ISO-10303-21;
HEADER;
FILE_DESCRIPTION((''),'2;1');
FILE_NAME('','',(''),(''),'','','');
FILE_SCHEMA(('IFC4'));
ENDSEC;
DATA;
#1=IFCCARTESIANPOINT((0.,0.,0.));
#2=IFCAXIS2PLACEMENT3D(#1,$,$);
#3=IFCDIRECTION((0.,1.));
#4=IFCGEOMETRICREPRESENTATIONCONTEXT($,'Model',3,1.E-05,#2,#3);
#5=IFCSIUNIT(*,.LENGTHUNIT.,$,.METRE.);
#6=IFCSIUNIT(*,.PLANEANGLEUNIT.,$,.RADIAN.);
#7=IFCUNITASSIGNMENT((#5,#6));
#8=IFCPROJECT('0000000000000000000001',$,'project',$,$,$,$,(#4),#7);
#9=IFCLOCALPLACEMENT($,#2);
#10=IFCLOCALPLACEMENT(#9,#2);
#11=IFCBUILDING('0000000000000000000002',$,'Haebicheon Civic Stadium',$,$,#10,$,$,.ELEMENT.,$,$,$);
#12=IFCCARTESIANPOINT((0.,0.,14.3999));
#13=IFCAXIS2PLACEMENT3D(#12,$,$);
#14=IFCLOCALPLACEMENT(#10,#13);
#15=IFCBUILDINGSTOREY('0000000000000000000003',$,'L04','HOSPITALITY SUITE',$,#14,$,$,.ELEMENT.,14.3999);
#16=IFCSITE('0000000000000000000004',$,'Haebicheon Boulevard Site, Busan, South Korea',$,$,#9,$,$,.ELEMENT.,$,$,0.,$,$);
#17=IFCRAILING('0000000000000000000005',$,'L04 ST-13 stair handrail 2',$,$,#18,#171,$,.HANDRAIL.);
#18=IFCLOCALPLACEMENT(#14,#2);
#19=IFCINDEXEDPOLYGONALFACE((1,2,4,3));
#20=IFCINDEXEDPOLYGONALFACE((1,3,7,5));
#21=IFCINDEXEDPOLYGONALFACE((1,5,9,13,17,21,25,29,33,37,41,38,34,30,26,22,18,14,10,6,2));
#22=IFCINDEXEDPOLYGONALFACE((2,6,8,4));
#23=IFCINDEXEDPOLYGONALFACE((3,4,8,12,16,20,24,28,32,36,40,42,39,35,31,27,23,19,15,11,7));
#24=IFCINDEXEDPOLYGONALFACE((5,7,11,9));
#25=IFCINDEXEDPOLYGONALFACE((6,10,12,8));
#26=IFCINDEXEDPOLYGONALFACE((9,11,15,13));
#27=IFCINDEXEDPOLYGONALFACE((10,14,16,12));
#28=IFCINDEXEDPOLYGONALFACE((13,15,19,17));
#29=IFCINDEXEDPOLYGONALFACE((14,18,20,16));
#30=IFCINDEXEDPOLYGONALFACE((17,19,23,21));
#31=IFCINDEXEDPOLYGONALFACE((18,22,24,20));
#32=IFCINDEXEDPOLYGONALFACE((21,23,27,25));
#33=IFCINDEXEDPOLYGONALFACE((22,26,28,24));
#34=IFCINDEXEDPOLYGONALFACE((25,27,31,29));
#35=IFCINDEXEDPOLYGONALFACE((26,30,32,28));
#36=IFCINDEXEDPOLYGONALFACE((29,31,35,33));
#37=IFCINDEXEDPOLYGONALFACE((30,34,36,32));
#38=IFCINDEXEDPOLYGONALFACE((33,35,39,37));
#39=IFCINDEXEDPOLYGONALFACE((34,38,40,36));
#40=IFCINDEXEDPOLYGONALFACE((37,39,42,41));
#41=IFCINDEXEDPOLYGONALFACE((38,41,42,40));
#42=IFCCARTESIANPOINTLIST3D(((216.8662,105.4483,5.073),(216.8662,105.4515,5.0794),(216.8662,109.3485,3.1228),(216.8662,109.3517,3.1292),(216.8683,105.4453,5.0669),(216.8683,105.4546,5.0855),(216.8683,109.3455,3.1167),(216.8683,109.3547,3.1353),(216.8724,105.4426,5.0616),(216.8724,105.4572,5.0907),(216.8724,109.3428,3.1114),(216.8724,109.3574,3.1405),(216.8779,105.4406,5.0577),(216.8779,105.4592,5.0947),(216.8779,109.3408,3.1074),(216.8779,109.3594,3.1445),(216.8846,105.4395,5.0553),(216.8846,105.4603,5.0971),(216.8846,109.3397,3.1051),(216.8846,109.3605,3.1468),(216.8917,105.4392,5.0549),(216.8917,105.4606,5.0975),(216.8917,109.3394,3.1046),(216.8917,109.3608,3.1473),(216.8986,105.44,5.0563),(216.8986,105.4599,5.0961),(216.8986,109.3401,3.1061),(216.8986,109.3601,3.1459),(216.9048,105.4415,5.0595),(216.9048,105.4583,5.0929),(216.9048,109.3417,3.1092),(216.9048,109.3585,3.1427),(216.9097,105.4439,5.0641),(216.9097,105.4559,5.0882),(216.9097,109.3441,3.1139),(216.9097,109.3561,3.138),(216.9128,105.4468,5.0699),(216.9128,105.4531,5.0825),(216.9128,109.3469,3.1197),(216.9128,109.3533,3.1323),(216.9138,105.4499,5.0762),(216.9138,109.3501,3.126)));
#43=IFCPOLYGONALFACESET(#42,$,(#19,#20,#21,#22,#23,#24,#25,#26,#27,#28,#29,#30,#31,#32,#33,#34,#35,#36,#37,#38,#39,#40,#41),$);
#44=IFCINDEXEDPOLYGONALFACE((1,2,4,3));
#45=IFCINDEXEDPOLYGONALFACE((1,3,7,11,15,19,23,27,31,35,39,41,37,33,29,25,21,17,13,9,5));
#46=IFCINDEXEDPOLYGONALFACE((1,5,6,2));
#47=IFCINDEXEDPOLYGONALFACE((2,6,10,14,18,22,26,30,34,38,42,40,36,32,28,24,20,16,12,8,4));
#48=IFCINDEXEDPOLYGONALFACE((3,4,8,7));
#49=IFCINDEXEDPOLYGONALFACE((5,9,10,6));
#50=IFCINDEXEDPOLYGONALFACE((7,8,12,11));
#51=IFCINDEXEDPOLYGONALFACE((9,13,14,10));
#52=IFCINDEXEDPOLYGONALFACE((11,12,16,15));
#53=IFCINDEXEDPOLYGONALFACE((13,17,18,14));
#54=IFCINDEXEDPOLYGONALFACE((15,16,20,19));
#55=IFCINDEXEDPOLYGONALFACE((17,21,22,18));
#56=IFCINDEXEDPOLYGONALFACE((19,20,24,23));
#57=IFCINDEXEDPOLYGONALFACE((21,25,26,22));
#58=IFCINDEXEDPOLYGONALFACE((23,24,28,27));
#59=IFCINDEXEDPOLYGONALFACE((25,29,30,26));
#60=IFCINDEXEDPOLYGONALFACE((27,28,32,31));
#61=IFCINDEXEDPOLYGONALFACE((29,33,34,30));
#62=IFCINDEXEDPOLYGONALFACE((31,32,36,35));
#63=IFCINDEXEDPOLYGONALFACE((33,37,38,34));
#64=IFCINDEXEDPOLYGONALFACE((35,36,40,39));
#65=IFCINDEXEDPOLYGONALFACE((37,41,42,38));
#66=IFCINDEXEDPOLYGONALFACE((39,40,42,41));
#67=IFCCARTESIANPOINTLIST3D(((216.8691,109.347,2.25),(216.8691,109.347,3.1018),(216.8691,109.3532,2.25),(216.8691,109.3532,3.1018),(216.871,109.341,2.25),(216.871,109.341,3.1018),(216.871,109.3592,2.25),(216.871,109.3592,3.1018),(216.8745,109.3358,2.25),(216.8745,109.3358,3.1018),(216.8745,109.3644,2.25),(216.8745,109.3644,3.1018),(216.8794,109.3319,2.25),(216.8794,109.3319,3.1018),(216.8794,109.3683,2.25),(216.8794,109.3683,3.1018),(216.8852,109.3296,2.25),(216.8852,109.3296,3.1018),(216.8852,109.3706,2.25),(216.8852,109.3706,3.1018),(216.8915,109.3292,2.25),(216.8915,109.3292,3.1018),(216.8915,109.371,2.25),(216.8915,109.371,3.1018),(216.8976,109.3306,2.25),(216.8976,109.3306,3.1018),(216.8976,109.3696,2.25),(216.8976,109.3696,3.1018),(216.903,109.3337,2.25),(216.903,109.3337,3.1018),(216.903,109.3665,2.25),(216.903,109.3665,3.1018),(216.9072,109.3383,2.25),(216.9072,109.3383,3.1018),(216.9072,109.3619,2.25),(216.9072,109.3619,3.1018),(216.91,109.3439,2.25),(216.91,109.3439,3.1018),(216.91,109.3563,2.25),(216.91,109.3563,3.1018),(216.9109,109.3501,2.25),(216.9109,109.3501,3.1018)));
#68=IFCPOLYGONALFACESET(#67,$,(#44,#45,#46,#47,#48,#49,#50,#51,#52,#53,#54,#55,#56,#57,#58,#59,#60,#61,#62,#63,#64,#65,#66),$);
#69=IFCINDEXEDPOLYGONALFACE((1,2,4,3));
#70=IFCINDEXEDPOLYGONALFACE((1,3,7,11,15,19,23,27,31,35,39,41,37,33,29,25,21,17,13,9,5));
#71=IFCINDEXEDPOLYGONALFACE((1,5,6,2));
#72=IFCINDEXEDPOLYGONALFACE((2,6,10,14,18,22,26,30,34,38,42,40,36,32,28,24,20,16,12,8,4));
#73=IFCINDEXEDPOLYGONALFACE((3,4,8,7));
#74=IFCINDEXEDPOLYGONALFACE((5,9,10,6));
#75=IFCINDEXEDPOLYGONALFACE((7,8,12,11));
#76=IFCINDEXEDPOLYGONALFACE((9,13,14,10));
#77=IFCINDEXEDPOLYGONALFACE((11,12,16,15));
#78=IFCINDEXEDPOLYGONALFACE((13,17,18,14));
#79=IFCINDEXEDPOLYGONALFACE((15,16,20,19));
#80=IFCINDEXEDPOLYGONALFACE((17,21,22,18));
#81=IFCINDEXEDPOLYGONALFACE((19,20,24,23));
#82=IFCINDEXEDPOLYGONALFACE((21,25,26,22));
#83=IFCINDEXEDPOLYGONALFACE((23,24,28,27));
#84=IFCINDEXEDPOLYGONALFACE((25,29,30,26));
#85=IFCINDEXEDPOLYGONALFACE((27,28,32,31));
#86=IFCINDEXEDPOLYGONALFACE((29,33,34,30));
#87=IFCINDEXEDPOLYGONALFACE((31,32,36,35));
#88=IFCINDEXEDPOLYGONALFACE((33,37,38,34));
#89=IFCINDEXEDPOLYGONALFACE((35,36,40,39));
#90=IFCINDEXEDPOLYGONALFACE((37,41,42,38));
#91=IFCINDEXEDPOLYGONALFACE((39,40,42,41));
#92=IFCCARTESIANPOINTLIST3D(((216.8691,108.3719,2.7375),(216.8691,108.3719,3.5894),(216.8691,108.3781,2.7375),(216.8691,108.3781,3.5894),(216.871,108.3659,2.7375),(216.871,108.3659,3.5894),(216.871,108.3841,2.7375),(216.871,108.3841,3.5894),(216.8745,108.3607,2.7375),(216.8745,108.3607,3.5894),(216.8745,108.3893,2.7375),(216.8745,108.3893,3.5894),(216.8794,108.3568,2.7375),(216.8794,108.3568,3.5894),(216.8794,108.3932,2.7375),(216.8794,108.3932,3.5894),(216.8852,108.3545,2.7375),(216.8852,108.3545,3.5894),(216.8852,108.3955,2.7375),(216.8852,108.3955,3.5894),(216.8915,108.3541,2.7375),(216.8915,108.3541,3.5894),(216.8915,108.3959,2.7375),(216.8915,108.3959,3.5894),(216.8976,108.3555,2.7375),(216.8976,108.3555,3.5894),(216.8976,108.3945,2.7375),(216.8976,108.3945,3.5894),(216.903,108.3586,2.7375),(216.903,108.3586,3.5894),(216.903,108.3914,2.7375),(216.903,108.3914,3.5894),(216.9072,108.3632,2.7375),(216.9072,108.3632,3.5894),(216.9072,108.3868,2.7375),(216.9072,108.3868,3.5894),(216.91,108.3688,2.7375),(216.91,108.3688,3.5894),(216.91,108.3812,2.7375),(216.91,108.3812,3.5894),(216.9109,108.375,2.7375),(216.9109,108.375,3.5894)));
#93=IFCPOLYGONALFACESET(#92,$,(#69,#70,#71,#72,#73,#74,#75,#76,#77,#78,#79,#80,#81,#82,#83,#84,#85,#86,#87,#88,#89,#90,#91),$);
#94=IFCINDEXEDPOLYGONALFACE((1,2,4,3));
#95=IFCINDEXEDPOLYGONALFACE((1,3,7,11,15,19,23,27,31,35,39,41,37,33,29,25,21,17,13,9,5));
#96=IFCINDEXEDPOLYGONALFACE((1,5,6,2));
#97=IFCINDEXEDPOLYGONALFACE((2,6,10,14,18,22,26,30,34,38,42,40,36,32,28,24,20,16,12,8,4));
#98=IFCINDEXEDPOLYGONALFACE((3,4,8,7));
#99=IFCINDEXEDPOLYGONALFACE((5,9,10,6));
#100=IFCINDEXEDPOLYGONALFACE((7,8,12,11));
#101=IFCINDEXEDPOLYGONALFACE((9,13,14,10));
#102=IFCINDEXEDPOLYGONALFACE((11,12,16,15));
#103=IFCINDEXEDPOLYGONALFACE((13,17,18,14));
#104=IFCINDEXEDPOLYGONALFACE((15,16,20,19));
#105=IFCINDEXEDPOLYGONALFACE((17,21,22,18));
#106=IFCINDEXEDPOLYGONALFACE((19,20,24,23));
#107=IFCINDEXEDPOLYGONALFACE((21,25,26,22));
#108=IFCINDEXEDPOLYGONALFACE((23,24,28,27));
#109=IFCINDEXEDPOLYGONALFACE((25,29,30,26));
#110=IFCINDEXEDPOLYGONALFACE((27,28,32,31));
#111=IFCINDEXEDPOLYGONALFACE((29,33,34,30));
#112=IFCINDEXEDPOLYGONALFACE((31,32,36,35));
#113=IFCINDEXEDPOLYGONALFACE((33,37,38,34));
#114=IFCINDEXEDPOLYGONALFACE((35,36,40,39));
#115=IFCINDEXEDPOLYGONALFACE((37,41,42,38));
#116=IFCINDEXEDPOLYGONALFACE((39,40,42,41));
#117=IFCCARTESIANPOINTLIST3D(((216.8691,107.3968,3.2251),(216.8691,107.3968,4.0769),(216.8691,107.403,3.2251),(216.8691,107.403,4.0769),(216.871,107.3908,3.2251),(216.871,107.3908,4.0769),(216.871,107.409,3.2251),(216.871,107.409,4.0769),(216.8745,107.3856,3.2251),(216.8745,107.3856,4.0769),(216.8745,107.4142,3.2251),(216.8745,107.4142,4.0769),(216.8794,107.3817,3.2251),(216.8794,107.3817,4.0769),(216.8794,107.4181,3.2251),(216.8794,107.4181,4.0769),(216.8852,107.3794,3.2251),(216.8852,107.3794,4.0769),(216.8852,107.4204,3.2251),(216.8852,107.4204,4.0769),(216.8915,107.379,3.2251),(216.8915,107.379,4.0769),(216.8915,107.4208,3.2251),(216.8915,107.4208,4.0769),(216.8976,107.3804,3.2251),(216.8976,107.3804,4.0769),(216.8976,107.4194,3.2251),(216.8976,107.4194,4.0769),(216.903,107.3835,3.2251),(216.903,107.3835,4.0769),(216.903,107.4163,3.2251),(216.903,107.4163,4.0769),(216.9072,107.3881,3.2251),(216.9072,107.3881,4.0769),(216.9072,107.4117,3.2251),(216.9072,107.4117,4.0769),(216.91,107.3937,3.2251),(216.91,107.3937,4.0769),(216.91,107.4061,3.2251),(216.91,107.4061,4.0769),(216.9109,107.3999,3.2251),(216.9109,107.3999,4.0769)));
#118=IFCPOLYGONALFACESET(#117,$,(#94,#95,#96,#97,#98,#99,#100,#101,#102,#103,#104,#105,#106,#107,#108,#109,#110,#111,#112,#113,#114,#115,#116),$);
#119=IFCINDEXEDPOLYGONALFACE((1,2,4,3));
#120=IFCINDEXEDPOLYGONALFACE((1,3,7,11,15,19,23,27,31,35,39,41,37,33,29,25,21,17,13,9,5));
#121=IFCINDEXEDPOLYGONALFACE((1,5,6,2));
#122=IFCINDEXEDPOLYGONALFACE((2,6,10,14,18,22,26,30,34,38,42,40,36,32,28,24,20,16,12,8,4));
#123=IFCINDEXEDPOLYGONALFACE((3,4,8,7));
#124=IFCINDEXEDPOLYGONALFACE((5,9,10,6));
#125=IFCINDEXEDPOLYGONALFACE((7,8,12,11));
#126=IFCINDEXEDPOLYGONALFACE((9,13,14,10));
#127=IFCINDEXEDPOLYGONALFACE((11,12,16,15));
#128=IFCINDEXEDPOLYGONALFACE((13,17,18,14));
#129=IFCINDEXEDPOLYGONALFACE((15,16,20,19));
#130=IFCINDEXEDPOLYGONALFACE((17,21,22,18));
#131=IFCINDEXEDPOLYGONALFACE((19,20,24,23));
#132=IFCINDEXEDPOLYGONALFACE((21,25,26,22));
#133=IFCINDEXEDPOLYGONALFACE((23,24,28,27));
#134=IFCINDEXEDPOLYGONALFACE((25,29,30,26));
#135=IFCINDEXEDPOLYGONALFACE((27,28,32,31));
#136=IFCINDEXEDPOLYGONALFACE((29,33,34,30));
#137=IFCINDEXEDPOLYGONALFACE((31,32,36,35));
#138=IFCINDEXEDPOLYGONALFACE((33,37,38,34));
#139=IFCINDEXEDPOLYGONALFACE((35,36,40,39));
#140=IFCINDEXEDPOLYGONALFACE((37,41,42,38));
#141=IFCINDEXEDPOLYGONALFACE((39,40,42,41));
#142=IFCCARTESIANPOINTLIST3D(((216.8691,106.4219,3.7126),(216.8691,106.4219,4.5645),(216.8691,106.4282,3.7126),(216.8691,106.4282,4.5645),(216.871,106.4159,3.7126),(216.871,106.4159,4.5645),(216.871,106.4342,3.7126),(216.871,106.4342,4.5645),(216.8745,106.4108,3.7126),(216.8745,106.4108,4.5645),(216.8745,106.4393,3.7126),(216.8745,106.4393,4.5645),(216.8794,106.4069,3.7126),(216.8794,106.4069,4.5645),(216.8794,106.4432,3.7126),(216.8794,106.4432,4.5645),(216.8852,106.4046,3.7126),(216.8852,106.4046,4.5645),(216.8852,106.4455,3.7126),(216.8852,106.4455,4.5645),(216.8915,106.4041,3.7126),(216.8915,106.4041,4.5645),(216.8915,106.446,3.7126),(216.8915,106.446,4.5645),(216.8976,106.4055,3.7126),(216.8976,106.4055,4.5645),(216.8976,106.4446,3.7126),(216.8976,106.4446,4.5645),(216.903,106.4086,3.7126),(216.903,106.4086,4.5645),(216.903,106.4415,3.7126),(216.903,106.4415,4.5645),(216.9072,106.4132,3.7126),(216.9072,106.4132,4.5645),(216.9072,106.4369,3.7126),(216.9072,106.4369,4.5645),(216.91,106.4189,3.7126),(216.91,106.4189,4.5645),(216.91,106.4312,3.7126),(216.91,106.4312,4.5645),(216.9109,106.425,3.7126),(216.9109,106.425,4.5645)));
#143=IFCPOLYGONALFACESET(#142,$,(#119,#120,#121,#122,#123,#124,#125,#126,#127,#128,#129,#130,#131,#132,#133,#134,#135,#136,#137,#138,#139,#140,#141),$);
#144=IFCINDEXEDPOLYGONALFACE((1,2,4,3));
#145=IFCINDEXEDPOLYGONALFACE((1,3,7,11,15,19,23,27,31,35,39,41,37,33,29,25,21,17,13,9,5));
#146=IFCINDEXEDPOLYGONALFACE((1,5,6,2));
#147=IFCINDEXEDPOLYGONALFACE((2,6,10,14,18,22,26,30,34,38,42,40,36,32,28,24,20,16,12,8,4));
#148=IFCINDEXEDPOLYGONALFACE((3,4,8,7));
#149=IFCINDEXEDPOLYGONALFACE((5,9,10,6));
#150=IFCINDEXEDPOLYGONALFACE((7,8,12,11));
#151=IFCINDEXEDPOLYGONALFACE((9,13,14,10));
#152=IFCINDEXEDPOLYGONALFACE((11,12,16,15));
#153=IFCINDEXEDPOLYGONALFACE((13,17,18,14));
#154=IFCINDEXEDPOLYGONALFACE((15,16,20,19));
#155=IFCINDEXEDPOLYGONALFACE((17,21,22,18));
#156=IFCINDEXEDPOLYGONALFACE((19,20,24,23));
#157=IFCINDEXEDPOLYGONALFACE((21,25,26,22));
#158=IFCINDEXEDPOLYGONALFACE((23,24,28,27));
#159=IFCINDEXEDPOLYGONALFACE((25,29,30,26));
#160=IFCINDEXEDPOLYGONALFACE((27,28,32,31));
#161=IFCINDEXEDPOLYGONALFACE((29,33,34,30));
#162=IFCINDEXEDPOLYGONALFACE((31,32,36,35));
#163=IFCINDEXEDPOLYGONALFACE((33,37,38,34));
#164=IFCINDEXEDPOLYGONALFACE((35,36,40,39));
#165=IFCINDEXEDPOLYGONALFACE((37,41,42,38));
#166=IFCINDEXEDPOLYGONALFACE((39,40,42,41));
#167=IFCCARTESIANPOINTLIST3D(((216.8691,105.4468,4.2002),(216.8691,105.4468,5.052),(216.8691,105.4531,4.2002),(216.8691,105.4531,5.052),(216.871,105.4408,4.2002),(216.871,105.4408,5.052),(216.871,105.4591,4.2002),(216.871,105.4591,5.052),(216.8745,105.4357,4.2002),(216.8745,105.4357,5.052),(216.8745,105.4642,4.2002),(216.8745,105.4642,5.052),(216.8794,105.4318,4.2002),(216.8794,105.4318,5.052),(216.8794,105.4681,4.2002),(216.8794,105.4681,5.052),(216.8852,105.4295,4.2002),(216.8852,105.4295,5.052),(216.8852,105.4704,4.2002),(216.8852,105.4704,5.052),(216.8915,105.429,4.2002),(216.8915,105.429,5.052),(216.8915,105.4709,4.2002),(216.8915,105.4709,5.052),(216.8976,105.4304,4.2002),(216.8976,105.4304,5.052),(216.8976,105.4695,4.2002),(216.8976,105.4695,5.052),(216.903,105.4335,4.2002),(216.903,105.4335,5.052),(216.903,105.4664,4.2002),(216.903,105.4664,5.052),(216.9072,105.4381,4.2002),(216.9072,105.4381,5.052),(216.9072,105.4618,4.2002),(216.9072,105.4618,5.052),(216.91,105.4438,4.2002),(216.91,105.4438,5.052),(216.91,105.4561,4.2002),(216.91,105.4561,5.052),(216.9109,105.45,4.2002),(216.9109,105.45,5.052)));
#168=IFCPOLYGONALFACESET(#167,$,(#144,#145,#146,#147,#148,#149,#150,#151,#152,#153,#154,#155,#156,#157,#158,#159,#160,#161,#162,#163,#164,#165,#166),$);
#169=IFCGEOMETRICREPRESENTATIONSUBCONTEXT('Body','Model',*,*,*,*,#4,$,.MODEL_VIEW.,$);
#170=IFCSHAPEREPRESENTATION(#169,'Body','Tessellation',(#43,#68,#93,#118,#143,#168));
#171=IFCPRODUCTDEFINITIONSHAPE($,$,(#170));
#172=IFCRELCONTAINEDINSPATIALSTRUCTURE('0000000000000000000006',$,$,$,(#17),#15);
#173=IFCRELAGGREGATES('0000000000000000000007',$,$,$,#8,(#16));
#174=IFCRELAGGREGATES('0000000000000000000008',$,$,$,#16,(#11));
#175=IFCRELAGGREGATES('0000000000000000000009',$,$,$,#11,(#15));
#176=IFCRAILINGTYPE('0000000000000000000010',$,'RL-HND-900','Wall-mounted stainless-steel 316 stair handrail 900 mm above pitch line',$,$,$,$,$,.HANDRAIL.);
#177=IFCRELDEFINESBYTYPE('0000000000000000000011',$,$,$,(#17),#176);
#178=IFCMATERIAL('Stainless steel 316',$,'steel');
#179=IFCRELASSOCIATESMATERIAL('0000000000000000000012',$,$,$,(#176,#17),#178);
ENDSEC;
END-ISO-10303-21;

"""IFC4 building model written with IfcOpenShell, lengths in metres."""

from ifc_helpers import new_model, si_unit, direction, frame, origin, origin_2d, place, context, subcontext, project, spatial, circle, extrude, material, type_object, element, save


model = new_model("IFC4")

# Units and contexts
model_context = context("Model", 3, precision=1e-05, world=origin(), true_north=direction((0.0, 1.0)))
body_context = subcontext(model_context, "Body", "Model", "MODEL_VIEW")
ifc_project = project(units=[si_unit("LENGTHUNIT", "METRE"), si_unit("PLANEANGLEUNIT", "RADIAN")], contexts=[model_context])

# Site, building, storey
site_placement = place(None, origin())
site = spatial("IfcSite", under=ifc_project, at=site_placement, Name="Haebicheon Boulevard Site, Busan, South Korea", CompositionType="ELEMENT", RefElevation=0.0)
building_placement = place(site_placement, origin())
building = spatial("IfcBuilding", under=site, at=building_placement, Name="Haebicheon Civic Stadium", CompositionType="ELEMENT")
storey_placement = place(building_placement, frame((0.0, 0.0, 14.3999)))
storey = spatial("IfcBuildingStorey", under=building, at=storey_placement, Name="L04", Description="HOSPITALITY SUITE", CompositionType="ELEMENT", Elevation=14.3999)

# Railing
ifc_material_1 = material(Name="Stainless steel 316", Category="steel")
railing_type_1 = type_object("IfcRailingType", Name="RL-HND-900", Description="Wall-mounted stainless-steel 316 stair handrail 900 mm above pitch line", PredefinedType="HANDRAIL", material=ifc_material_1)
railing_1_placement = place(storey_placement, frame((216.8899, 109.3501, 2.25)))
element("IfcRailing", 1, at=railing_1_placement, inside=storey, type_object=railing_type_1, material=ifc_material_1, Name="L04 ST-13 stair handrail 2", PredefinedType="HANDRAIL", context=body_context, shape_type="SweptSolid", body=[
    extrude(circle(Radius=0.0239, at=origin_2d()), frame((0.0, 0.0, 0.876), z_axis=(0.0, -0.894416, 0.447236), x_axis=(1.0, 0.0, 0.0)), (0.0, 0.0, 1.0), 4.3606),
    extrude(circle(Radius=0.021, at=origin_2d()), origin(), (0.0, 0.0, 1.0), 0.8518),
    extrude(circle(Radius=0.021, at=origin_2d()), frame((0.0, -0.9751, 0.4875)), (0.0, 0.0, 1.0), 0.8518),
    extrude(circle(Radius=0.021, at=origin_2d()), frame((0.0, -1.9502, 0.9751)), (0.0, 0.0, 1.0), 0.8518),
    extrude(circle(Radius=0.021, at=origin_2d()), frame((0.0, -2.925, 1.4626)), (0.0, 0.0, 1.0), 0.8518),
    extrude(circle(Radius=0.021, at=origin_2d()), frame((0.0, -3.9001, 1.9502)), (0.0, 0.0, 1.0), 0.8518),
])

save(model, "model.ifc")
